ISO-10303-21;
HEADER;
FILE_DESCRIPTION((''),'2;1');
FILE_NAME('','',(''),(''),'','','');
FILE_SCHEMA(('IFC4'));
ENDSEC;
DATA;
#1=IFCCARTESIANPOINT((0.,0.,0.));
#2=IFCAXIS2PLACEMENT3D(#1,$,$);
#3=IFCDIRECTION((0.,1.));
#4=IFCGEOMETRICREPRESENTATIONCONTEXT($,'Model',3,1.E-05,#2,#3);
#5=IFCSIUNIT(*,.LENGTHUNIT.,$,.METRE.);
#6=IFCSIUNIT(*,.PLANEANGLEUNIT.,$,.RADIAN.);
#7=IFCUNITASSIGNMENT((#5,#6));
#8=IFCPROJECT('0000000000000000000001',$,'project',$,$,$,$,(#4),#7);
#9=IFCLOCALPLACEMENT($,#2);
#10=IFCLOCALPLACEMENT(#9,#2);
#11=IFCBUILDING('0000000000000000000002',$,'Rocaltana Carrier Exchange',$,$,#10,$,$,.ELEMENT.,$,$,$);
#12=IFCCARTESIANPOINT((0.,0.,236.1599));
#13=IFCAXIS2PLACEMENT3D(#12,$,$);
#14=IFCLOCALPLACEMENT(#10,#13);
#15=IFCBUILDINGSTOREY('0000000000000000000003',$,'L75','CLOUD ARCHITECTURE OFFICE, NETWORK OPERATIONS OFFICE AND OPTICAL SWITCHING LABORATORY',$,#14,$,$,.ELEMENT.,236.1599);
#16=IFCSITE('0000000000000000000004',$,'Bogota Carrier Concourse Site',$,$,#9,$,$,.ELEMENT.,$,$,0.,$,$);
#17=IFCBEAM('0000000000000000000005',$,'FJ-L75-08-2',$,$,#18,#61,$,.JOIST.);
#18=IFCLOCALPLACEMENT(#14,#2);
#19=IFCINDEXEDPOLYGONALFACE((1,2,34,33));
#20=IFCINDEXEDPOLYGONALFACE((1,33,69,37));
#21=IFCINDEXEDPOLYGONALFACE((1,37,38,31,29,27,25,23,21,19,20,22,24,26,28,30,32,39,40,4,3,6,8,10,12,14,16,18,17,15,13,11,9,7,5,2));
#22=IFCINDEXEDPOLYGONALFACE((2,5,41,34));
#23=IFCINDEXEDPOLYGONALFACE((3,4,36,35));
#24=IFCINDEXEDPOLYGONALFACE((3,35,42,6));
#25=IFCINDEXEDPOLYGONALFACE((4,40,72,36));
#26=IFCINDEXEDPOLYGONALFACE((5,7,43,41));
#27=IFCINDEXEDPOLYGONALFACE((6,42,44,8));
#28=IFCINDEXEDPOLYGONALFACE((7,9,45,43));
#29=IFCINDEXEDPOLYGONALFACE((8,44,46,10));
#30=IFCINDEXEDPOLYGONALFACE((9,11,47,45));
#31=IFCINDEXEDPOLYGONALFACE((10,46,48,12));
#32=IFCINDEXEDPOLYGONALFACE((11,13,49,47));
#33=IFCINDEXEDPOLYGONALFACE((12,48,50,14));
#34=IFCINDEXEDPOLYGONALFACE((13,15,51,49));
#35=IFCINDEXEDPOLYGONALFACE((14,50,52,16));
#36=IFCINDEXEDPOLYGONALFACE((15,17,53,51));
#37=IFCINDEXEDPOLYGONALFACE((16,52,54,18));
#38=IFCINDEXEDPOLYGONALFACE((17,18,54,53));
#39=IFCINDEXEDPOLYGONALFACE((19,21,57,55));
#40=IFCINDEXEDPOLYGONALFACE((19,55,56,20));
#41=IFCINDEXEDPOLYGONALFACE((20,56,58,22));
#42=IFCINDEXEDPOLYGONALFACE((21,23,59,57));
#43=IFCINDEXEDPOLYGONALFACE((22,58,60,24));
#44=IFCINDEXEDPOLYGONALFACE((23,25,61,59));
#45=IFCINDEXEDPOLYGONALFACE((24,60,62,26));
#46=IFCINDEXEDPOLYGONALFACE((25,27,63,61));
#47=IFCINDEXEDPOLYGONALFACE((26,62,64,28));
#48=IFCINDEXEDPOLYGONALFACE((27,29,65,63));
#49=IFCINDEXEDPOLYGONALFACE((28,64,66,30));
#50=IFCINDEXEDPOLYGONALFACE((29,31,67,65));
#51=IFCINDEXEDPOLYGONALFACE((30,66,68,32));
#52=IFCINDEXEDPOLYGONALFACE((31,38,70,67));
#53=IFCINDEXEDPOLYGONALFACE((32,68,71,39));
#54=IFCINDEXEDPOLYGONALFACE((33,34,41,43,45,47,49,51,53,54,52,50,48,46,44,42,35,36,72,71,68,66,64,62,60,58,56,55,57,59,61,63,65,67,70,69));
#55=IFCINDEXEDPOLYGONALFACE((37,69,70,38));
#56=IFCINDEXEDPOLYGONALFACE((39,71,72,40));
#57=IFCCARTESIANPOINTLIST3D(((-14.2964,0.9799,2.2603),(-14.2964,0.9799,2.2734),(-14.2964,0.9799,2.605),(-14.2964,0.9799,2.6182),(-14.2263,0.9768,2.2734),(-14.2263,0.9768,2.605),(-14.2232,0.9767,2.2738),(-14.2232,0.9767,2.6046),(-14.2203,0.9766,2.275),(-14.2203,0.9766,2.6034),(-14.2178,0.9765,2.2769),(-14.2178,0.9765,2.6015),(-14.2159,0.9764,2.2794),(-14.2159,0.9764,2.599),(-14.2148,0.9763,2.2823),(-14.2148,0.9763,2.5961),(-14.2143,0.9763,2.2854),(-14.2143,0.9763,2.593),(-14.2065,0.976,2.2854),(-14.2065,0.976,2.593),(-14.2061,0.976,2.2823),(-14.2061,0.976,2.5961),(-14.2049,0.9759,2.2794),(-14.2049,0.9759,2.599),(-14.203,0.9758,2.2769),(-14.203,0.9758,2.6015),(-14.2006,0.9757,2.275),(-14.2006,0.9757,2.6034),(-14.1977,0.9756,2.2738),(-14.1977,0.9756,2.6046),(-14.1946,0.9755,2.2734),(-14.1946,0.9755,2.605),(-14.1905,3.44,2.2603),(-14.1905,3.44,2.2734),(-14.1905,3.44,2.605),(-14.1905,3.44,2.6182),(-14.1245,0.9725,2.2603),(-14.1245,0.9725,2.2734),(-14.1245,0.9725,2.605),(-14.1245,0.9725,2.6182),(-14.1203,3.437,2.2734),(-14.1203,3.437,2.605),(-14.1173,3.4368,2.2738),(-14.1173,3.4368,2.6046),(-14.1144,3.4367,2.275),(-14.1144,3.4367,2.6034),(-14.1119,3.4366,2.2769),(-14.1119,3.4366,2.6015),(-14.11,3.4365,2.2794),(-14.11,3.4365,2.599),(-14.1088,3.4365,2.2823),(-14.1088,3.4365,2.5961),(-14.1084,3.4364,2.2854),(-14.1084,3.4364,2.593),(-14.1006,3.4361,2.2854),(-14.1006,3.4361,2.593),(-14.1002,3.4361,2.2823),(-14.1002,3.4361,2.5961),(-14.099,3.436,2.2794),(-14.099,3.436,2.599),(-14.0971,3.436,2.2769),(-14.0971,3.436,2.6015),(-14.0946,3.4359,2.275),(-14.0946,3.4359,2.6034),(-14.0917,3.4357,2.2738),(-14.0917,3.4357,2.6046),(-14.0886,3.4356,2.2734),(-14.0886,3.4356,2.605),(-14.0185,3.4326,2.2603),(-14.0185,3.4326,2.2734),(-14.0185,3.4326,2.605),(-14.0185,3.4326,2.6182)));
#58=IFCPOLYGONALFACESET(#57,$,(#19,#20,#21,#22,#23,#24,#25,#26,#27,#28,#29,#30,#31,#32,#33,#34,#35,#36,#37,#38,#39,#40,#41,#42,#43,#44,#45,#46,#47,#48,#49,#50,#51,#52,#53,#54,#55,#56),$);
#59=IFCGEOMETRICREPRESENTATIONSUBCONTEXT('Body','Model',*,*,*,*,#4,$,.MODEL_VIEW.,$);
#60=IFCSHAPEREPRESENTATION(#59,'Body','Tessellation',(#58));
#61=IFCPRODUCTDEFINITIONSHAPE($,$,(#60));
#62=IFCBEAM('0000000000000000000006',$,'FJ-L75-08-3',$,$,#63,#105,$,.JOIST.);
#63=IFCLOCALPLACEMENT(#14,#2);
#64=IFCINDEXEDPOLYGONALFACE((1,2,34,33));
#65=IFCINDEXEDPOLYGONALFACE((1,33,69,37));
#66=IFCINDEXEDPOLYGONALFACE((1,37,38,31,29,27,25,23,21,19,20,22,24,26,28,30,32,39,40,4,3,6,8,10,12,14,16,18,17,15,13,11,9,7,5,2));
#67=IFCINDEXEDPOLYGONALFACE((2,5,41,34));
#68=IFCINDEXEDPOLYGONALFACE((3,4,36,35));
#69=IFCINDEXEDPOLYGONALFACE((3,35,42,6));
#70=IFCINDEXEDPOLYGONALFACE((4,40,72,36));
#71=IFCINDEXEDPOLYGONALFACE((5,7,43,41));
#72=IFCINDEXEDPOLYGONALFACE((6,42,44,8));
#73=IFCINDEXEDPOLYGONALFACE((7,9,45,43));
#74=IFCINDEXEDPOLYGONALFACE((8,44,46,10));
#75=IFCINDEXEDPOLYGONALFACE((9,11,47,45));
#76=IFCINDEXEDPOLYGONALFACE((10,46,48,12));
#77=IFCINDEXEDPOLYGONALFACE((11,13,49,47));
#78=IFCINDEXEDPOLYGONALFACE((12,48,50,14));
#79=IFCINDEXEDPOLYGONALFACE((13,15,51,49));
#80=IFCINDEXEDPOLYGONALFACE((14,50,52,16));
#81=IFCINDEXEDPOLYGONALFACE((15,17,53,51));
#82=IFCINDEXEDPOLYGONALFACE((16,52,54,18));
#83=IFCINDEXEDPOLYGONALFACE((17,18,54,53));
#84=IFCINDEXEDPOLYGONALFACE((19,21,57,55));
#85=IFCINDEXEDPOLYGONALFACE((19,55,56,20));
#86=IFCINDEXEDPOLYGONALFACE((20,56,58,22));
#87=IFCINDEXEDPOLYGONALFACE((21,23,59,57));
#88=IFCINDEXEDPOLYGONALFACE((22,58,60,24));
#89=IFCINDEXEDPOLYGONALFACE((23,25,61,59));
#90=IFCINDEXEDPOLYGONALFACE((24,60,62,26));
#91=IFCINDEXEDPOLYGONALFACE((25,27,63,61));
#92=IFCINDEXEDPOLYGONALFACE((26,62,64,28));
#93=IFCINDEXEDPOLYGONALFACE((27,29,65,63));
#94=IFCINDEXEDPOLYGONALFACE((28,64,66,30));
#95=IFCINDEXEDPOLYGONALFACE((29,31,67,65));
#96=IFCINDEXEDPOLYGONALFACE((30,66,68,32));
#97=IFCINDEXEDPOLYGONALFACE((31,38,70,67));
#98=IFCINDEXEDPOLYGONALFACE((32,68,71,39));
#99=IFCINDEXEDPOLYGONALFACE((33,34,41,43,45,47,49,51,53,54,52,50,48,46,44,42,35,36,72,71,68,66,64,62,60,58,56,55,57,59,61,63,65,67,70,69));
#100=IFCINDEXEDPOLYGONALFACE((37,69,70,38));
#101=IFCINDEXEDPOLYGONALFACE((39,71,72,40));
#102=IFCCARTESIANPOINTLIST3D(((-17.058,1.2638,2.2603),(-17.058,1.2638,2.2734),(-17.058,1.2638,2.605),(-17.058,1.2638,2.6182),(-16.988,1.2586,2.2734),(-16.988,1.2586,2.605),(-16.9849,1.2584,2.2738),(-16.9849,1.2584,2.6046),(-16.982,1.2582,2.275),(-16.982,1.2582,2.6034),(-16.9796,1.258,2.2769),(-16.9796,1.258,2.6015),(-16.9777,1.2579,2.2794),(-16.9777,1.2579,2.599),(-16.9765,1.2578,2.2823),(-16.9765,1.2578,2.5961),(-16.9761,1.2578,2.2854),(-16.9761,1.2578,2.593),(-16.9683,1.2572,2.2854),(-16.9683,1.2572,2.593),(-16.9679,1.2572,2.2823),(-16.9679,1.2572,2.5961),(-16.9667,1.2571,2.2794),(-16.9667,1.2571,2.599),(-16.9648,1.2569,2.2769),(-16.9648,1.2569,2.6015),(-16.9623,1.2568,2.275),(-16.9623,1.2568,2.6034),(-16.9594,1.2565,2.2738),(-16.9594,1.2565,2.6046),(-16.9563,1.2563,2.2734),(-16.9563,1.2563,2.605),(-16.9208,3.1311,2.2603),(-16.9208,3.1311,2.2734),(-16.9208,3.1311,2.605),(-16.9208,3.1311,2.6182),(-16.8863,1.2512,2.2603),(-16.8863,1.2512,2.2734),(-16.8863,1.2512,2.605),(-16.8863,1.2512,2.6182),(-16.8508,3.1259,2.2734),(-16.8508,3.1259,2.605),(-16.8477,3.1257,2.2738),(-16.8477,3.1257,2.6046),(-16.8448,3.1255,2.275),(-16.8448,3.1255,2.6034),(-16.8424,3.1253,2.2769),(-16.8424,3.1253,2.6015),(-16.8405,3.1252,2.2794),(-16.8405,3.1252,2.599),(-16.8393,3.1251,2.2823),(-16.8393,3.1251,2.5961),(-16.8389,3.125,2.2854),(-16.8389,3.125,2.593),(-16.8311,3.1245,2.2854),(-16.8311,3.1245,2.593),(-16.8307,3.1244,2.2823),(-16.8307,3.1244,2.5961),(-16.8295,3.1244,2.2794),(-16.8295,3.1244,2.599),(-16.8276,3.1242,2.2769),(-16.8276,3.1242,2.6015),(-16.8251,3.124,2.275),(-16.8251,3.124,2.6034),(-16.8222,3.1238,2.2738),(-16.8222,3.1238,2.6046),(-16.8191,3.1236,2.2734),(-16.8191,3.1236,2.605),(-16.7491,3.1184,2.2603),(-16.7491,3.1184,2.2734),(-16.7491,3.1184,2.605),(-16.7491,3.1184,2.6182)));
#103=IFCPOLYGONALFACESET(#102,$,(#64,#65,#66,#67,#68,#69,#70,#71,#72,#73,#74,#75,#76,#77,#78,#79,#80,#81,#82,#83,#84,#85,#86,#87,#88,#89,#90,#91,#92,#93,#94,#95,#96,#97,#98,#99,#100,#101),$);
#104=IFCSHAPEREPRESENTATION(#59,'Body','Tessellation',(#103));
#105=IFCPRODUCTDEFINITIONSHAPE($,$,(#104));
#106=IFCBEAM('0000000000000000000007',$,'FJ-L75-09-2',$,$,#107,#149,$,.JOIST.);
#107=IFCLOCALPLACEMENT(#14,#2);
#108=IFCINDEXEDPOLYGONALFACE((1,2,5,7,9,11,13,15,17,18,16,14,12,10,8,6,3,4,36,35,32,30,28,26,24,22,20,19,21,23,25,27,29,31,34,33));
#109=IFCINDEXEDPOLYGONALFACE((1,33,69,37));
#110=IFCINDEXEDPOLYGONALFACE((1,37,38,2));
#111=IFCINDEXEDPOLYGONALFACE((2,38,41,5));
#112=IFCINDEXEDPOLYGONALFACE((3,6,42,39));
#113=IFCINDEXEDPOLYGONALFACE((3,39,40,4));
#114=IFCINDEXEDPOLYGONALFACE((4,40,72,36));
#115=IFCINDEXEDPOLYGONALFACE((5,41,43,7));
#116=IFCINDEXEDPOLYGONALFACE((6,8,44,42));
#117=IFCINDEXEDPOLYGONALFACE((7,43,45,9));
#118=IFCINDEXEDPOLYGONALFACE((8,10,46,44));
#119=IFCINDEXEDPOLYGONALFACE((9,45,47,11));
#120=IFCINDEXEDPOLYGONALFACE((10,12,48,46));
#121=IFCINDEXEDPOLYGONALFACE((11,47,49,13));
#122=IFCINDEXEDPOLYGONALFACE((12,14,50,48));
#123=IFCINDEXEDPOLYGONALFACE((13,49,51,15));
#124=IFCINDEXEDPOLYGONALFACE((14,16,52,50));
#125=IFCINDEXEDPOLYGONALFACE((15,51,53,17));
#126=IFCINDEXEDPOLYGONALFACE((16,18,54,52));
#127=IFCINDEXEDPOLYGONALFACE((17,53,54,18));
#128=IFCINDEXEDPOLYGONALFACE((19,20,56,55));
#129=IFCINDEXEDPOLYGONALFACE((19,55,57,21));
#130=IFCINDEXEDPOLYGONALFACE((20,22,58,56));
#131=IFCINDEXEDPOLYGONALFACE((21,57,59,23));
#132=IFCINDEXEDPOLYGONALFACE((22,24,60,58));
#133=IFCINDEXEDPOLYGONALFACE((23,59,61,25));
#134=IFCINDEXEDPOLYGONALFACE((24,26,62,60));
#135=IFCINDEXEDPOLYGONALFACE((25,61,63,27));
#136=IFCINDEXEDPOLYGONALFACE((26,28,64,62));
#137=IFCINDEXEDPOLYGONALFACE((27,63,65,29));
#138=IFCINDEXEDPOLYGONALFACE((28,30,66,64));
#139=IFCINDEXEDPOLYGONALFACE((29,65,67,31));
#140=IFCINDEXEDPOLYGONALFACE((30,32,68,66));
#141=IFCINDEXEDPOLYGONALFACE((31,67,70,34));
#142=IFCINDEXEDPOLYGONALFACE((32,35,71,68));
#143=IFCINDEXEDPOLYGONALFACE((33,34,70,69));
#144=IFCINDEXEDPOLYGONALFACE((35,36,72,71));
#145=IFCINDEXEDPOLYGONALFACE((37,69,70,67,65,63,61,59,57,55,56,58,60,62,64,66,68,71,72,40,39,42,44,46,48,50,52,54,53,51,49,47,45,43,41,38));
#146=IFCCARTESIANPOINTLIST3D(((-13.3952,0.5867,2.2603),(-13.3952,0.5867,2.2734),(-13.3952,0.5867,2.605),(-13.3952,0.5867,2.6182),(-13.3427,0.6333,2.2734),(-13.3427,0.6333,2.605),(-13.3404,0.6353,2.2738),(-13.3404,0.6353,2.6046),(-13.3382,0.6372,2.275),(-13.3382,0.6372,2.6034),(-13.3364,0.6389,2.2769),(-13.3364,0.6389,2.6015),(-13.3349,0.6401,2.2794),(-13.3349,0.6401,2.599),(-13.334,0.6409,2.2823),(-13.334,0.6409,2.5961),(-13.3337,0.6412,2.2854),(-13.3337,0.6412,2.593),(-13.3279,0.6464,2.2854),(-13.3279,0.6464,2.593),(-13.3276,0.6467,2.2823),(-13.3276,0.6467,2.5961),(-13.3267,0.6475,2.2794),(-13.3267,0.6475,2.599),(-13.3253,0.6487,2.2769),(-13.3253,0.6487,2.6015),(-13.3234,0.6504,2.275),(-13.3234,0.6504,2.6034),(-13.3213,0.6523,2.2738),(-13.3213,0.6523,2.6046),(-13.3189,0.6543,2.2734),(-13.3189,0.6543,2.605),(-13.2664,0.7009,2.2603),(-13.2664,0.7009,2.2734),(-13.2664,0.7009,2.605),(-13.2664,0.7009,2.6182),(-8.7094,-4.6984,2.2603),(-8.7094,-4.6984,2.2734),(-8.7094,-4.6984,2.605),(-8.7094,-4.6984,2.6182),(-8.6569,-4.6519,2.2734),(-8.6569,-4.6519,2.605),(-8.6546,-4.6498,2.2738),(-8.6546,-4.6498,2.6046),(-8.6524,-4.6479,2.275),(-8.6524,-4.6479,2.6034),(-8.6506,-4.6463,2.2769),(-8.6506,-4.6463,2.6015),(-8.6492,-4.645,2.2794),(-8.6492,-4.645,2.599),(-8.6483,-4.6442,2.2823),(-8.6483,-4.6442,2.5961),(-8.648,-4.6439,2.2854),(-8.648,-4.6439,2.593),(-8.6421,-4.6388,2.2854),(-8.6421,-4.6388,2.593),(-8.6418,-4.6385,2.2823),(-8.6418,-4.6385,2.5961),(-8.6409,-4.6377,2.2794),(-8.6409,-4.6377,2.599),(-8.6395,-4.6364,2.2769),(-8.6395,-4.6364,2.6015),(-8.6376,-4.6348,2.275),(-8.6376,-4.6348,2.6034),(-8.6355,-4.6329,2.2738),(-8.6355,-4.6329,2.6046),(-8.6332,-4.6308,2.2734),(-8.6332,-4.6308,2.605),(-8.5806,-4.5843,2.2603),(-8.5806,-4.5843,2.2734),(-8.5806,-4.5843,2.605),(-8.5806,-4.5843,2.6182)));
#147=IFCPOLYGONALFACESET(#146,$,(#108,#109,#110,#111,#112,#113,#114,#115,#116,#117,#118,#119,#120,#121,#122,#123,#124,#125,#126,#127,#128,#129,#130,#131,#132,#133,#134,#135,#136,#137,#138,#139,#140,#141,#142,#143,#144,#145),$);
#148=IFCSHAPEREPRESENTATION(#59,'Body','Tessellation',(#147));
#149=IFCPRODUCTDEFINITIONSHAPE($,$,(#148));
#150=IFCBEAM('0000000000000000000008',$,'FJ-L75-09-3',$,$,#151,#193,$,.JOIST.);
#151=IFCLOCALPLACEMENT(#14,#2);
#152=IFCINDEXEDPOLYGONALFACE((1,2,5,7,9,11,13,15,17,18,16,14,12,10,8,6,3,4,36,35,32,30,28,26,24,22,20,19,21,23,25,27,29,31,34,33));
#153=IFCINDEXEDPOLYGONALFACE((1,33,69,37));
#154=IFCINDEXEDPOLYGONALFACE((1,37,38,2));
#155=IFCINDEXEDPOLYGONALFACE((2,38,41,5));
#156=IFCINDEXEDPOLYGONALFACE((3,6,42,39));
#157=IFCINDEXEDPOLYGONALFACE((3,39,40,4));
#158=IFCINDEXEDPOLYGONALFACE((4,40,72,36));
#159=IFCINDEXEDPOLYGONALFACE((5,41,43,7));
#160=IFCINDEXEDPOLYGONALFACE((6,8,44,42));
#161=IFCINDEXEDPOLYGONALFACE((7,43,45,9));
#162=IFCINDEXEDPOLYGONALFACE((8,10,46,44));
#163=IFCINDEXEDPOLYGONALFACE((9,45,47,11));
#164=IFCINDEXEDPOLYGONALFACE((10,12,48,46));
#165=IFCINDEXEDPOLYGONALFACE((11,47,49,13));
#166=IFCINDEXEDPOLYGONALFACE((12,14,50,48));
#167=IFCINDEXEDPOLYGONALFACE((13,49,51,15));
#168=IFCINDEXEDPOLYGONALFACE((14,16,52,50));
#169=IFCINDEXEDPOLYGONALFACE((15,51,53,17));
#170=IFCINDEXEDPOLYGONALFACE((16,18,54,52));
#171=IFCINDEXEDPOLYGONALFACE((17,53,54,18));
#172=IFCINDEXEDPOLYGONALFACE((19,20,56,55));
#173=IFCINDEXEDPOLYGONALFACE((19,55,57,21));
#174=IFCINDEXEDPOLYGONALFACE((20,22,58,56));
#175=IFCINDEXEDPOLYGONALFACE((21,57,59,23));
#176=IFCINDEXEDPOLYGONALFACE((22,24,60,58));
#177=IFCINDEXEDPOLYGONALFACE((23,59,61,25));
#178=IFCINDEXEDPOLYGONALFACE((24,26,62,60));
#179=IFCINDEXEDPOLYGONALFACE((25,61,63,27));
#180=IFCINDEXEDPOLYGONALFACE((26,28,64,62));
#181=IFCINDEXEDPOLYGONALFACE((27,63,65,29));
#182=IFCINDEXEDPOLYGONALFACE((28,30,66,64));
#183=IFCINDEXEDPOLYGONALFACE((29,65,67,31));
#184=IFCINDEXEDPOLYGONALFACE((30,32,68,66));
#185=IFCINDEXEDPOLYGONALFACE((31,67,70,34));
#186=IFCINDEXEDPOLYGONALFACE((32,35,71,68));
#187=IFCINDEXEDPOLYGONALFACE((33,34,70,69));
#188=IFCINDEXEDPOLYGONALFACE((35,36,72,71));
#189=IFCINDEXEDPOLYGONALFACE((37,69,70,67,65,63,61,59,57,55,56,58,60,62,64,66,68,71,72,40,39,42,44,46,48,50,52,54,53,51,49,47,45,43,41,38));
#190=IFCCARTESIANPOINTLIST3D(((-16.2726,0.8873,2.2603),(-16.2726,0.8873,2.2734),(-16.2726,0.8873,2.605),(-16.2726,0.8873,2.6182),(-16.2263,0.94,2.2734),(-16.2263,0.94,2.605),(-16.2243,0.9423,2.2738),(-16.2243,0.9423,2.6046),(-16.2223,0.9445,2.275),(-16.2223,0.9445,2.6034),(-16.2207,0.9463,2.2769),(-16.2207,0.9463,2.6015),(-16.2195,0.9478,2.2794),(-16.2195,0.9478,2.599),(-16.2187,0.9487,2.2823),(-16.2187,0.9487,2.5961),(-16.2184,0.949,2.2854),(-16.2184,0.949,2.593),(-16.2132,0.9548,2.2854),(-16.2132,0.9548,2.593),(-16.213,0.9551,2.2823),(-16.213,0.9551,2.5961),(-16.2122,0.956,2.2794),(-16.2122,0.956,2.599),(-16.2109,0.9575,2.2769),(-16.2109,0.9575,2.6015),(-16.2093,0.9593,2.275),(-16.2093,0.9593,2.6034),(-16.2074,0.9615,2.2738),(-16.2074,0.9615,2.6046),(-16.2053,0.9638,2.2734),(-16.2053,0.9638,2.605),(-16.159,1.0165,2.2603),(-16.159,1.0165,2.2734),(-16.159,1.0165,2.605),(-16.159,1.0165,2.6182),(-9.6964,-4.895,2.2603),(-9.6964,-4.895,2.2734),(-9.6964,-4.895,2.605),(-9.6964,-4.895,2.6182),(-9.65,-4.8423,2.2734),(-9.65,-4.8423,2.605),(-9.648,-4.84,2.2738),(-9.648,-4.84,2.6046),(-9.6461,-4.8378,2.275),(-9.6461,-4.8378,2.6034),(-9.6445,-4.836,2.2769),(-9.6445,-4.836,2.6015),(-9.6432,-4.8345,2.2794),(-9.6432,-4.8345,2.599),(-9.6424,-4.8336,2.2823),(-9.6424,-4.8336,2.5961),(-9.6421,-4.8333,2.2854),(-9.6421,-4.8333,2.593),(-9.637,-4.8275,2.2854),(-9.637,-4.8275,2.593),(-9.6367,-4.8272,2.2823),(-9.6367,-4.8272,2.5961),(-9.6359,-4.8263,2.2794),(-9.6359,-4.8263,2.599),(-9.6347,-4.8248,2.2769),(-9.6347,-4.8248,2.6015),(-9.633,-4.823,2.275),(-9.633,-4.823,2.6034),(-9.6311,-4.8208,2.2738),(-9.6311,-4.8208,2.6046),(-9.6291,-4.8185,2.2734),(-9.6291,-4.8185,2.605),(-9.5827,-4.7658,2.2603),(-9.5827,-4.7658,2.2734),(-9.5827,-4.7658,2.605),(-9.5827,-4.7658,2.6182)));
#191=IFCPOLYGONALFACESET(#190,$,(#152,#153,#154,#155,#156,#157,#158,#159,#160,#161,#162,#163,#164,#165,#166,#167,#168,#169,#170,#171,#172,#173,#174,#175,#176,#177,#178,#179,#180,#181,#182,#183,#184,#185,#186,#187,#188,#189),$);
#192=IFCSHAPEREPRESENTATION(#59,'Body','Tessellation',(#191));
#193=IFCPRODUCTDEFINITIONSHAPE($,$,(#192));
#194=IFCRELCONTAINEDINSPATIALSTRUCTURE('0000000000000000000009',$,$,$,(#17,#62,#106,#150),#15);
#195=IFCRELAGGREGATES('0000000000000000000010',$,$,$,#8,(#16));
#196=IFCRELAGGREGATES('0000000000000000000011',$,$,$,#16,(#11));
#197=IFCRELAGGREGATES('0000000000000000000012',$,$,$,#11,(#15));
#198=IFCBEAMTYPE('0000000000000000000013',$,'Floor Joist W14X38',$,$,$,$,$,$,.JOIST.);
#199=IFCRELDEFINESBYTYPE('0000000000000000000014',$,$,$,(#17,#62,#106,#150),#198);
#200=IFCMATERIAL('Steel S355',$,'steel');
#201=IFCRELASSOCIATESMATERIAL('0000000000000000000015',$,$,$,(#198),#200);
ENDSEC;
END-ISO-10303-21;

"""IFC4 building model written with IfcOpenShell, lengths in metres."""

from ifc_helpers import new_model, si_unit, direction, frame, origin, origin_2d, place, context, subcontext, project, spatial, i_section, extrude, material, material_profile, profile_set, type_object, element, save


model = new_model("IFC4")

# Units and contexts
model_context = context("Model", 3, precision=1e-05, world=origin(), true_north=direction((0.0, 1.0)))
body_context = subcontext(model_context, "Body", "Model", "MODEL_VIEW")
ifc_project = project(units=[si_unit("LENGTHUNIT", "METRE"), si_unit("PLANEANGLEUNIT", "RADIAN")], contexts=[model_context])

# Site, building, storey
site_placement = place(None, origin())
site = spatial("IfcSite", under=ifc_project, at=site_placement, Name="Bogota Carrier Concourse Site", CompositionType="ELEMENT", RefElevation=0.0)
building_placement = place(site_placement, origin())
building = spatial("IfcBuilding", under=site, at=building_placement, Name="Rocaltana Carrier Exchange", CompositionType="ELEMENT")
storey_placement = place(building_placement, frame((0.0, 0.0, 236.1599)))
storey = spatial("IfcBuildingStorey", under=building, at=storey_placement, Name="L75", Description="CLOUD ARCHITECTURE OFFICE, NETWORK OPERATIONS OFFICE AND OPTICAL SWITCHING LABORATORY", CompositionType="ELEMENT", Elevation=236.1599)

# Beams
ifc_material_1 = material(Name="Steel S355", Category="steel")
ifc_material_profile_1 = material_profile(ifc_material_1, i_section(OverallWidth=0.1721, OverallDepth=0.3579, WebThickness=0.0078, FlangeThickness=0.0132, FilletRadius=0.012, at=origin_2d()), Name="W14X38")
ifc_profile_set_1 = profile_set([ifc_material_profile_1], Name="Steel S355")
beam_type_1 = type_object("IfcBeamType", Name="Floor Joist W14X38", PredefinedType="JOIST", material=ifc_profile_set_1)
beam_1_placement = place(storey_placement, frame((-14.1045, 3.4363, 2.4392), z_axis=(-0.043028, -0.999074, 0.0), x_axis=(0.999074, -0.043028, 0.0)))
element("IfcBeam", 1, at=beam_1_placement, inside=storey, type_object=beam_type_1, Name="FJ-L75-08-2", PredefinedType="JOIST", context=body_context, shape_type="SweptSolid", body=[
    extrude(i_section(OverallWidth=0.1721, OverallDepth=0.3579, WebThickness=0.0078, FlangeThickness=0.0132, FilletRadius=0.012, at=origin_2d()), origin(), (0.0, 0.0, 1.0), 2.4624),
])
beam_2_placement = place(storey_placement, frame((-16.835, 3.1248, 2.4392), z_axis=(-0.073286, -0.997311, 0.0), x_axis=(0.997311, -0.073286, 0.0)))
element("IfcBeam", 2, at=beam_2_placement, inside=storey, type_object=beam_type_1, Name="FJ-L75-08-3", PredefinedType="JOIST", context=body_context, shape_type="SweptSolid", body=[
    extrude(i_section(OverallWidth=0.1721, OverallDepth=0.3579, WebThickness=0.0078, FlangeThickness=0.0132, FilletRadius=0.012, at=origin_2d()), origin(), (0.0, 0.0, 1.0), 1.8723),
])
beam_3_placement = place(storey_placement, frame((-13.3308, 0.6438, 2.4392), z_axis=(0.663404, -0.748261, 0.0), x_axis=(0.748261, 0.663404, 0.0)))
element("IfcBeam", 3, at=beam_3_placement, inside=storey, type_object=beam_type_1, Name="FJ-L75-09-2", PredefinedType="JOIST", context=body_context, shape_type="SweptSolid", body=[
    extrude(i_section(OverallWidth=0.1721, OverallDepth=0.3579, WebThickness=0.0078, FlangeThickness=0.0132, FilletRadius=0.012, at=origin_2d()), origin(), (0.0, 0.0, 1.0), 7.0632),
])
beam_4_placement = place(storey_placement, frame((-16.2158, 0.9519, 2.4392), z_axis=(0.750986, -0.660319, 0.0), x_axis=(0.660319, 0.750986, 0.0)))
element("IfcBeam", 4, at=beam_4_placement, inside=storey, type_object=beam_type_1, Name="FJ-L75-09-3", PredefinedType="JOIST", context=body_context, shape_type="SweptSolid", body=[
    extrude(i_section(OverallWidth=0.1721, OverallDepth=0.3579, WebThickness=0.0078, FlangeThickness=0.0132, FilletRadius=0.012, at=origin_2d()), origin(), (0.0, 0.0, 1.0), 8.7568),
])

save(model, "model.ifc")
